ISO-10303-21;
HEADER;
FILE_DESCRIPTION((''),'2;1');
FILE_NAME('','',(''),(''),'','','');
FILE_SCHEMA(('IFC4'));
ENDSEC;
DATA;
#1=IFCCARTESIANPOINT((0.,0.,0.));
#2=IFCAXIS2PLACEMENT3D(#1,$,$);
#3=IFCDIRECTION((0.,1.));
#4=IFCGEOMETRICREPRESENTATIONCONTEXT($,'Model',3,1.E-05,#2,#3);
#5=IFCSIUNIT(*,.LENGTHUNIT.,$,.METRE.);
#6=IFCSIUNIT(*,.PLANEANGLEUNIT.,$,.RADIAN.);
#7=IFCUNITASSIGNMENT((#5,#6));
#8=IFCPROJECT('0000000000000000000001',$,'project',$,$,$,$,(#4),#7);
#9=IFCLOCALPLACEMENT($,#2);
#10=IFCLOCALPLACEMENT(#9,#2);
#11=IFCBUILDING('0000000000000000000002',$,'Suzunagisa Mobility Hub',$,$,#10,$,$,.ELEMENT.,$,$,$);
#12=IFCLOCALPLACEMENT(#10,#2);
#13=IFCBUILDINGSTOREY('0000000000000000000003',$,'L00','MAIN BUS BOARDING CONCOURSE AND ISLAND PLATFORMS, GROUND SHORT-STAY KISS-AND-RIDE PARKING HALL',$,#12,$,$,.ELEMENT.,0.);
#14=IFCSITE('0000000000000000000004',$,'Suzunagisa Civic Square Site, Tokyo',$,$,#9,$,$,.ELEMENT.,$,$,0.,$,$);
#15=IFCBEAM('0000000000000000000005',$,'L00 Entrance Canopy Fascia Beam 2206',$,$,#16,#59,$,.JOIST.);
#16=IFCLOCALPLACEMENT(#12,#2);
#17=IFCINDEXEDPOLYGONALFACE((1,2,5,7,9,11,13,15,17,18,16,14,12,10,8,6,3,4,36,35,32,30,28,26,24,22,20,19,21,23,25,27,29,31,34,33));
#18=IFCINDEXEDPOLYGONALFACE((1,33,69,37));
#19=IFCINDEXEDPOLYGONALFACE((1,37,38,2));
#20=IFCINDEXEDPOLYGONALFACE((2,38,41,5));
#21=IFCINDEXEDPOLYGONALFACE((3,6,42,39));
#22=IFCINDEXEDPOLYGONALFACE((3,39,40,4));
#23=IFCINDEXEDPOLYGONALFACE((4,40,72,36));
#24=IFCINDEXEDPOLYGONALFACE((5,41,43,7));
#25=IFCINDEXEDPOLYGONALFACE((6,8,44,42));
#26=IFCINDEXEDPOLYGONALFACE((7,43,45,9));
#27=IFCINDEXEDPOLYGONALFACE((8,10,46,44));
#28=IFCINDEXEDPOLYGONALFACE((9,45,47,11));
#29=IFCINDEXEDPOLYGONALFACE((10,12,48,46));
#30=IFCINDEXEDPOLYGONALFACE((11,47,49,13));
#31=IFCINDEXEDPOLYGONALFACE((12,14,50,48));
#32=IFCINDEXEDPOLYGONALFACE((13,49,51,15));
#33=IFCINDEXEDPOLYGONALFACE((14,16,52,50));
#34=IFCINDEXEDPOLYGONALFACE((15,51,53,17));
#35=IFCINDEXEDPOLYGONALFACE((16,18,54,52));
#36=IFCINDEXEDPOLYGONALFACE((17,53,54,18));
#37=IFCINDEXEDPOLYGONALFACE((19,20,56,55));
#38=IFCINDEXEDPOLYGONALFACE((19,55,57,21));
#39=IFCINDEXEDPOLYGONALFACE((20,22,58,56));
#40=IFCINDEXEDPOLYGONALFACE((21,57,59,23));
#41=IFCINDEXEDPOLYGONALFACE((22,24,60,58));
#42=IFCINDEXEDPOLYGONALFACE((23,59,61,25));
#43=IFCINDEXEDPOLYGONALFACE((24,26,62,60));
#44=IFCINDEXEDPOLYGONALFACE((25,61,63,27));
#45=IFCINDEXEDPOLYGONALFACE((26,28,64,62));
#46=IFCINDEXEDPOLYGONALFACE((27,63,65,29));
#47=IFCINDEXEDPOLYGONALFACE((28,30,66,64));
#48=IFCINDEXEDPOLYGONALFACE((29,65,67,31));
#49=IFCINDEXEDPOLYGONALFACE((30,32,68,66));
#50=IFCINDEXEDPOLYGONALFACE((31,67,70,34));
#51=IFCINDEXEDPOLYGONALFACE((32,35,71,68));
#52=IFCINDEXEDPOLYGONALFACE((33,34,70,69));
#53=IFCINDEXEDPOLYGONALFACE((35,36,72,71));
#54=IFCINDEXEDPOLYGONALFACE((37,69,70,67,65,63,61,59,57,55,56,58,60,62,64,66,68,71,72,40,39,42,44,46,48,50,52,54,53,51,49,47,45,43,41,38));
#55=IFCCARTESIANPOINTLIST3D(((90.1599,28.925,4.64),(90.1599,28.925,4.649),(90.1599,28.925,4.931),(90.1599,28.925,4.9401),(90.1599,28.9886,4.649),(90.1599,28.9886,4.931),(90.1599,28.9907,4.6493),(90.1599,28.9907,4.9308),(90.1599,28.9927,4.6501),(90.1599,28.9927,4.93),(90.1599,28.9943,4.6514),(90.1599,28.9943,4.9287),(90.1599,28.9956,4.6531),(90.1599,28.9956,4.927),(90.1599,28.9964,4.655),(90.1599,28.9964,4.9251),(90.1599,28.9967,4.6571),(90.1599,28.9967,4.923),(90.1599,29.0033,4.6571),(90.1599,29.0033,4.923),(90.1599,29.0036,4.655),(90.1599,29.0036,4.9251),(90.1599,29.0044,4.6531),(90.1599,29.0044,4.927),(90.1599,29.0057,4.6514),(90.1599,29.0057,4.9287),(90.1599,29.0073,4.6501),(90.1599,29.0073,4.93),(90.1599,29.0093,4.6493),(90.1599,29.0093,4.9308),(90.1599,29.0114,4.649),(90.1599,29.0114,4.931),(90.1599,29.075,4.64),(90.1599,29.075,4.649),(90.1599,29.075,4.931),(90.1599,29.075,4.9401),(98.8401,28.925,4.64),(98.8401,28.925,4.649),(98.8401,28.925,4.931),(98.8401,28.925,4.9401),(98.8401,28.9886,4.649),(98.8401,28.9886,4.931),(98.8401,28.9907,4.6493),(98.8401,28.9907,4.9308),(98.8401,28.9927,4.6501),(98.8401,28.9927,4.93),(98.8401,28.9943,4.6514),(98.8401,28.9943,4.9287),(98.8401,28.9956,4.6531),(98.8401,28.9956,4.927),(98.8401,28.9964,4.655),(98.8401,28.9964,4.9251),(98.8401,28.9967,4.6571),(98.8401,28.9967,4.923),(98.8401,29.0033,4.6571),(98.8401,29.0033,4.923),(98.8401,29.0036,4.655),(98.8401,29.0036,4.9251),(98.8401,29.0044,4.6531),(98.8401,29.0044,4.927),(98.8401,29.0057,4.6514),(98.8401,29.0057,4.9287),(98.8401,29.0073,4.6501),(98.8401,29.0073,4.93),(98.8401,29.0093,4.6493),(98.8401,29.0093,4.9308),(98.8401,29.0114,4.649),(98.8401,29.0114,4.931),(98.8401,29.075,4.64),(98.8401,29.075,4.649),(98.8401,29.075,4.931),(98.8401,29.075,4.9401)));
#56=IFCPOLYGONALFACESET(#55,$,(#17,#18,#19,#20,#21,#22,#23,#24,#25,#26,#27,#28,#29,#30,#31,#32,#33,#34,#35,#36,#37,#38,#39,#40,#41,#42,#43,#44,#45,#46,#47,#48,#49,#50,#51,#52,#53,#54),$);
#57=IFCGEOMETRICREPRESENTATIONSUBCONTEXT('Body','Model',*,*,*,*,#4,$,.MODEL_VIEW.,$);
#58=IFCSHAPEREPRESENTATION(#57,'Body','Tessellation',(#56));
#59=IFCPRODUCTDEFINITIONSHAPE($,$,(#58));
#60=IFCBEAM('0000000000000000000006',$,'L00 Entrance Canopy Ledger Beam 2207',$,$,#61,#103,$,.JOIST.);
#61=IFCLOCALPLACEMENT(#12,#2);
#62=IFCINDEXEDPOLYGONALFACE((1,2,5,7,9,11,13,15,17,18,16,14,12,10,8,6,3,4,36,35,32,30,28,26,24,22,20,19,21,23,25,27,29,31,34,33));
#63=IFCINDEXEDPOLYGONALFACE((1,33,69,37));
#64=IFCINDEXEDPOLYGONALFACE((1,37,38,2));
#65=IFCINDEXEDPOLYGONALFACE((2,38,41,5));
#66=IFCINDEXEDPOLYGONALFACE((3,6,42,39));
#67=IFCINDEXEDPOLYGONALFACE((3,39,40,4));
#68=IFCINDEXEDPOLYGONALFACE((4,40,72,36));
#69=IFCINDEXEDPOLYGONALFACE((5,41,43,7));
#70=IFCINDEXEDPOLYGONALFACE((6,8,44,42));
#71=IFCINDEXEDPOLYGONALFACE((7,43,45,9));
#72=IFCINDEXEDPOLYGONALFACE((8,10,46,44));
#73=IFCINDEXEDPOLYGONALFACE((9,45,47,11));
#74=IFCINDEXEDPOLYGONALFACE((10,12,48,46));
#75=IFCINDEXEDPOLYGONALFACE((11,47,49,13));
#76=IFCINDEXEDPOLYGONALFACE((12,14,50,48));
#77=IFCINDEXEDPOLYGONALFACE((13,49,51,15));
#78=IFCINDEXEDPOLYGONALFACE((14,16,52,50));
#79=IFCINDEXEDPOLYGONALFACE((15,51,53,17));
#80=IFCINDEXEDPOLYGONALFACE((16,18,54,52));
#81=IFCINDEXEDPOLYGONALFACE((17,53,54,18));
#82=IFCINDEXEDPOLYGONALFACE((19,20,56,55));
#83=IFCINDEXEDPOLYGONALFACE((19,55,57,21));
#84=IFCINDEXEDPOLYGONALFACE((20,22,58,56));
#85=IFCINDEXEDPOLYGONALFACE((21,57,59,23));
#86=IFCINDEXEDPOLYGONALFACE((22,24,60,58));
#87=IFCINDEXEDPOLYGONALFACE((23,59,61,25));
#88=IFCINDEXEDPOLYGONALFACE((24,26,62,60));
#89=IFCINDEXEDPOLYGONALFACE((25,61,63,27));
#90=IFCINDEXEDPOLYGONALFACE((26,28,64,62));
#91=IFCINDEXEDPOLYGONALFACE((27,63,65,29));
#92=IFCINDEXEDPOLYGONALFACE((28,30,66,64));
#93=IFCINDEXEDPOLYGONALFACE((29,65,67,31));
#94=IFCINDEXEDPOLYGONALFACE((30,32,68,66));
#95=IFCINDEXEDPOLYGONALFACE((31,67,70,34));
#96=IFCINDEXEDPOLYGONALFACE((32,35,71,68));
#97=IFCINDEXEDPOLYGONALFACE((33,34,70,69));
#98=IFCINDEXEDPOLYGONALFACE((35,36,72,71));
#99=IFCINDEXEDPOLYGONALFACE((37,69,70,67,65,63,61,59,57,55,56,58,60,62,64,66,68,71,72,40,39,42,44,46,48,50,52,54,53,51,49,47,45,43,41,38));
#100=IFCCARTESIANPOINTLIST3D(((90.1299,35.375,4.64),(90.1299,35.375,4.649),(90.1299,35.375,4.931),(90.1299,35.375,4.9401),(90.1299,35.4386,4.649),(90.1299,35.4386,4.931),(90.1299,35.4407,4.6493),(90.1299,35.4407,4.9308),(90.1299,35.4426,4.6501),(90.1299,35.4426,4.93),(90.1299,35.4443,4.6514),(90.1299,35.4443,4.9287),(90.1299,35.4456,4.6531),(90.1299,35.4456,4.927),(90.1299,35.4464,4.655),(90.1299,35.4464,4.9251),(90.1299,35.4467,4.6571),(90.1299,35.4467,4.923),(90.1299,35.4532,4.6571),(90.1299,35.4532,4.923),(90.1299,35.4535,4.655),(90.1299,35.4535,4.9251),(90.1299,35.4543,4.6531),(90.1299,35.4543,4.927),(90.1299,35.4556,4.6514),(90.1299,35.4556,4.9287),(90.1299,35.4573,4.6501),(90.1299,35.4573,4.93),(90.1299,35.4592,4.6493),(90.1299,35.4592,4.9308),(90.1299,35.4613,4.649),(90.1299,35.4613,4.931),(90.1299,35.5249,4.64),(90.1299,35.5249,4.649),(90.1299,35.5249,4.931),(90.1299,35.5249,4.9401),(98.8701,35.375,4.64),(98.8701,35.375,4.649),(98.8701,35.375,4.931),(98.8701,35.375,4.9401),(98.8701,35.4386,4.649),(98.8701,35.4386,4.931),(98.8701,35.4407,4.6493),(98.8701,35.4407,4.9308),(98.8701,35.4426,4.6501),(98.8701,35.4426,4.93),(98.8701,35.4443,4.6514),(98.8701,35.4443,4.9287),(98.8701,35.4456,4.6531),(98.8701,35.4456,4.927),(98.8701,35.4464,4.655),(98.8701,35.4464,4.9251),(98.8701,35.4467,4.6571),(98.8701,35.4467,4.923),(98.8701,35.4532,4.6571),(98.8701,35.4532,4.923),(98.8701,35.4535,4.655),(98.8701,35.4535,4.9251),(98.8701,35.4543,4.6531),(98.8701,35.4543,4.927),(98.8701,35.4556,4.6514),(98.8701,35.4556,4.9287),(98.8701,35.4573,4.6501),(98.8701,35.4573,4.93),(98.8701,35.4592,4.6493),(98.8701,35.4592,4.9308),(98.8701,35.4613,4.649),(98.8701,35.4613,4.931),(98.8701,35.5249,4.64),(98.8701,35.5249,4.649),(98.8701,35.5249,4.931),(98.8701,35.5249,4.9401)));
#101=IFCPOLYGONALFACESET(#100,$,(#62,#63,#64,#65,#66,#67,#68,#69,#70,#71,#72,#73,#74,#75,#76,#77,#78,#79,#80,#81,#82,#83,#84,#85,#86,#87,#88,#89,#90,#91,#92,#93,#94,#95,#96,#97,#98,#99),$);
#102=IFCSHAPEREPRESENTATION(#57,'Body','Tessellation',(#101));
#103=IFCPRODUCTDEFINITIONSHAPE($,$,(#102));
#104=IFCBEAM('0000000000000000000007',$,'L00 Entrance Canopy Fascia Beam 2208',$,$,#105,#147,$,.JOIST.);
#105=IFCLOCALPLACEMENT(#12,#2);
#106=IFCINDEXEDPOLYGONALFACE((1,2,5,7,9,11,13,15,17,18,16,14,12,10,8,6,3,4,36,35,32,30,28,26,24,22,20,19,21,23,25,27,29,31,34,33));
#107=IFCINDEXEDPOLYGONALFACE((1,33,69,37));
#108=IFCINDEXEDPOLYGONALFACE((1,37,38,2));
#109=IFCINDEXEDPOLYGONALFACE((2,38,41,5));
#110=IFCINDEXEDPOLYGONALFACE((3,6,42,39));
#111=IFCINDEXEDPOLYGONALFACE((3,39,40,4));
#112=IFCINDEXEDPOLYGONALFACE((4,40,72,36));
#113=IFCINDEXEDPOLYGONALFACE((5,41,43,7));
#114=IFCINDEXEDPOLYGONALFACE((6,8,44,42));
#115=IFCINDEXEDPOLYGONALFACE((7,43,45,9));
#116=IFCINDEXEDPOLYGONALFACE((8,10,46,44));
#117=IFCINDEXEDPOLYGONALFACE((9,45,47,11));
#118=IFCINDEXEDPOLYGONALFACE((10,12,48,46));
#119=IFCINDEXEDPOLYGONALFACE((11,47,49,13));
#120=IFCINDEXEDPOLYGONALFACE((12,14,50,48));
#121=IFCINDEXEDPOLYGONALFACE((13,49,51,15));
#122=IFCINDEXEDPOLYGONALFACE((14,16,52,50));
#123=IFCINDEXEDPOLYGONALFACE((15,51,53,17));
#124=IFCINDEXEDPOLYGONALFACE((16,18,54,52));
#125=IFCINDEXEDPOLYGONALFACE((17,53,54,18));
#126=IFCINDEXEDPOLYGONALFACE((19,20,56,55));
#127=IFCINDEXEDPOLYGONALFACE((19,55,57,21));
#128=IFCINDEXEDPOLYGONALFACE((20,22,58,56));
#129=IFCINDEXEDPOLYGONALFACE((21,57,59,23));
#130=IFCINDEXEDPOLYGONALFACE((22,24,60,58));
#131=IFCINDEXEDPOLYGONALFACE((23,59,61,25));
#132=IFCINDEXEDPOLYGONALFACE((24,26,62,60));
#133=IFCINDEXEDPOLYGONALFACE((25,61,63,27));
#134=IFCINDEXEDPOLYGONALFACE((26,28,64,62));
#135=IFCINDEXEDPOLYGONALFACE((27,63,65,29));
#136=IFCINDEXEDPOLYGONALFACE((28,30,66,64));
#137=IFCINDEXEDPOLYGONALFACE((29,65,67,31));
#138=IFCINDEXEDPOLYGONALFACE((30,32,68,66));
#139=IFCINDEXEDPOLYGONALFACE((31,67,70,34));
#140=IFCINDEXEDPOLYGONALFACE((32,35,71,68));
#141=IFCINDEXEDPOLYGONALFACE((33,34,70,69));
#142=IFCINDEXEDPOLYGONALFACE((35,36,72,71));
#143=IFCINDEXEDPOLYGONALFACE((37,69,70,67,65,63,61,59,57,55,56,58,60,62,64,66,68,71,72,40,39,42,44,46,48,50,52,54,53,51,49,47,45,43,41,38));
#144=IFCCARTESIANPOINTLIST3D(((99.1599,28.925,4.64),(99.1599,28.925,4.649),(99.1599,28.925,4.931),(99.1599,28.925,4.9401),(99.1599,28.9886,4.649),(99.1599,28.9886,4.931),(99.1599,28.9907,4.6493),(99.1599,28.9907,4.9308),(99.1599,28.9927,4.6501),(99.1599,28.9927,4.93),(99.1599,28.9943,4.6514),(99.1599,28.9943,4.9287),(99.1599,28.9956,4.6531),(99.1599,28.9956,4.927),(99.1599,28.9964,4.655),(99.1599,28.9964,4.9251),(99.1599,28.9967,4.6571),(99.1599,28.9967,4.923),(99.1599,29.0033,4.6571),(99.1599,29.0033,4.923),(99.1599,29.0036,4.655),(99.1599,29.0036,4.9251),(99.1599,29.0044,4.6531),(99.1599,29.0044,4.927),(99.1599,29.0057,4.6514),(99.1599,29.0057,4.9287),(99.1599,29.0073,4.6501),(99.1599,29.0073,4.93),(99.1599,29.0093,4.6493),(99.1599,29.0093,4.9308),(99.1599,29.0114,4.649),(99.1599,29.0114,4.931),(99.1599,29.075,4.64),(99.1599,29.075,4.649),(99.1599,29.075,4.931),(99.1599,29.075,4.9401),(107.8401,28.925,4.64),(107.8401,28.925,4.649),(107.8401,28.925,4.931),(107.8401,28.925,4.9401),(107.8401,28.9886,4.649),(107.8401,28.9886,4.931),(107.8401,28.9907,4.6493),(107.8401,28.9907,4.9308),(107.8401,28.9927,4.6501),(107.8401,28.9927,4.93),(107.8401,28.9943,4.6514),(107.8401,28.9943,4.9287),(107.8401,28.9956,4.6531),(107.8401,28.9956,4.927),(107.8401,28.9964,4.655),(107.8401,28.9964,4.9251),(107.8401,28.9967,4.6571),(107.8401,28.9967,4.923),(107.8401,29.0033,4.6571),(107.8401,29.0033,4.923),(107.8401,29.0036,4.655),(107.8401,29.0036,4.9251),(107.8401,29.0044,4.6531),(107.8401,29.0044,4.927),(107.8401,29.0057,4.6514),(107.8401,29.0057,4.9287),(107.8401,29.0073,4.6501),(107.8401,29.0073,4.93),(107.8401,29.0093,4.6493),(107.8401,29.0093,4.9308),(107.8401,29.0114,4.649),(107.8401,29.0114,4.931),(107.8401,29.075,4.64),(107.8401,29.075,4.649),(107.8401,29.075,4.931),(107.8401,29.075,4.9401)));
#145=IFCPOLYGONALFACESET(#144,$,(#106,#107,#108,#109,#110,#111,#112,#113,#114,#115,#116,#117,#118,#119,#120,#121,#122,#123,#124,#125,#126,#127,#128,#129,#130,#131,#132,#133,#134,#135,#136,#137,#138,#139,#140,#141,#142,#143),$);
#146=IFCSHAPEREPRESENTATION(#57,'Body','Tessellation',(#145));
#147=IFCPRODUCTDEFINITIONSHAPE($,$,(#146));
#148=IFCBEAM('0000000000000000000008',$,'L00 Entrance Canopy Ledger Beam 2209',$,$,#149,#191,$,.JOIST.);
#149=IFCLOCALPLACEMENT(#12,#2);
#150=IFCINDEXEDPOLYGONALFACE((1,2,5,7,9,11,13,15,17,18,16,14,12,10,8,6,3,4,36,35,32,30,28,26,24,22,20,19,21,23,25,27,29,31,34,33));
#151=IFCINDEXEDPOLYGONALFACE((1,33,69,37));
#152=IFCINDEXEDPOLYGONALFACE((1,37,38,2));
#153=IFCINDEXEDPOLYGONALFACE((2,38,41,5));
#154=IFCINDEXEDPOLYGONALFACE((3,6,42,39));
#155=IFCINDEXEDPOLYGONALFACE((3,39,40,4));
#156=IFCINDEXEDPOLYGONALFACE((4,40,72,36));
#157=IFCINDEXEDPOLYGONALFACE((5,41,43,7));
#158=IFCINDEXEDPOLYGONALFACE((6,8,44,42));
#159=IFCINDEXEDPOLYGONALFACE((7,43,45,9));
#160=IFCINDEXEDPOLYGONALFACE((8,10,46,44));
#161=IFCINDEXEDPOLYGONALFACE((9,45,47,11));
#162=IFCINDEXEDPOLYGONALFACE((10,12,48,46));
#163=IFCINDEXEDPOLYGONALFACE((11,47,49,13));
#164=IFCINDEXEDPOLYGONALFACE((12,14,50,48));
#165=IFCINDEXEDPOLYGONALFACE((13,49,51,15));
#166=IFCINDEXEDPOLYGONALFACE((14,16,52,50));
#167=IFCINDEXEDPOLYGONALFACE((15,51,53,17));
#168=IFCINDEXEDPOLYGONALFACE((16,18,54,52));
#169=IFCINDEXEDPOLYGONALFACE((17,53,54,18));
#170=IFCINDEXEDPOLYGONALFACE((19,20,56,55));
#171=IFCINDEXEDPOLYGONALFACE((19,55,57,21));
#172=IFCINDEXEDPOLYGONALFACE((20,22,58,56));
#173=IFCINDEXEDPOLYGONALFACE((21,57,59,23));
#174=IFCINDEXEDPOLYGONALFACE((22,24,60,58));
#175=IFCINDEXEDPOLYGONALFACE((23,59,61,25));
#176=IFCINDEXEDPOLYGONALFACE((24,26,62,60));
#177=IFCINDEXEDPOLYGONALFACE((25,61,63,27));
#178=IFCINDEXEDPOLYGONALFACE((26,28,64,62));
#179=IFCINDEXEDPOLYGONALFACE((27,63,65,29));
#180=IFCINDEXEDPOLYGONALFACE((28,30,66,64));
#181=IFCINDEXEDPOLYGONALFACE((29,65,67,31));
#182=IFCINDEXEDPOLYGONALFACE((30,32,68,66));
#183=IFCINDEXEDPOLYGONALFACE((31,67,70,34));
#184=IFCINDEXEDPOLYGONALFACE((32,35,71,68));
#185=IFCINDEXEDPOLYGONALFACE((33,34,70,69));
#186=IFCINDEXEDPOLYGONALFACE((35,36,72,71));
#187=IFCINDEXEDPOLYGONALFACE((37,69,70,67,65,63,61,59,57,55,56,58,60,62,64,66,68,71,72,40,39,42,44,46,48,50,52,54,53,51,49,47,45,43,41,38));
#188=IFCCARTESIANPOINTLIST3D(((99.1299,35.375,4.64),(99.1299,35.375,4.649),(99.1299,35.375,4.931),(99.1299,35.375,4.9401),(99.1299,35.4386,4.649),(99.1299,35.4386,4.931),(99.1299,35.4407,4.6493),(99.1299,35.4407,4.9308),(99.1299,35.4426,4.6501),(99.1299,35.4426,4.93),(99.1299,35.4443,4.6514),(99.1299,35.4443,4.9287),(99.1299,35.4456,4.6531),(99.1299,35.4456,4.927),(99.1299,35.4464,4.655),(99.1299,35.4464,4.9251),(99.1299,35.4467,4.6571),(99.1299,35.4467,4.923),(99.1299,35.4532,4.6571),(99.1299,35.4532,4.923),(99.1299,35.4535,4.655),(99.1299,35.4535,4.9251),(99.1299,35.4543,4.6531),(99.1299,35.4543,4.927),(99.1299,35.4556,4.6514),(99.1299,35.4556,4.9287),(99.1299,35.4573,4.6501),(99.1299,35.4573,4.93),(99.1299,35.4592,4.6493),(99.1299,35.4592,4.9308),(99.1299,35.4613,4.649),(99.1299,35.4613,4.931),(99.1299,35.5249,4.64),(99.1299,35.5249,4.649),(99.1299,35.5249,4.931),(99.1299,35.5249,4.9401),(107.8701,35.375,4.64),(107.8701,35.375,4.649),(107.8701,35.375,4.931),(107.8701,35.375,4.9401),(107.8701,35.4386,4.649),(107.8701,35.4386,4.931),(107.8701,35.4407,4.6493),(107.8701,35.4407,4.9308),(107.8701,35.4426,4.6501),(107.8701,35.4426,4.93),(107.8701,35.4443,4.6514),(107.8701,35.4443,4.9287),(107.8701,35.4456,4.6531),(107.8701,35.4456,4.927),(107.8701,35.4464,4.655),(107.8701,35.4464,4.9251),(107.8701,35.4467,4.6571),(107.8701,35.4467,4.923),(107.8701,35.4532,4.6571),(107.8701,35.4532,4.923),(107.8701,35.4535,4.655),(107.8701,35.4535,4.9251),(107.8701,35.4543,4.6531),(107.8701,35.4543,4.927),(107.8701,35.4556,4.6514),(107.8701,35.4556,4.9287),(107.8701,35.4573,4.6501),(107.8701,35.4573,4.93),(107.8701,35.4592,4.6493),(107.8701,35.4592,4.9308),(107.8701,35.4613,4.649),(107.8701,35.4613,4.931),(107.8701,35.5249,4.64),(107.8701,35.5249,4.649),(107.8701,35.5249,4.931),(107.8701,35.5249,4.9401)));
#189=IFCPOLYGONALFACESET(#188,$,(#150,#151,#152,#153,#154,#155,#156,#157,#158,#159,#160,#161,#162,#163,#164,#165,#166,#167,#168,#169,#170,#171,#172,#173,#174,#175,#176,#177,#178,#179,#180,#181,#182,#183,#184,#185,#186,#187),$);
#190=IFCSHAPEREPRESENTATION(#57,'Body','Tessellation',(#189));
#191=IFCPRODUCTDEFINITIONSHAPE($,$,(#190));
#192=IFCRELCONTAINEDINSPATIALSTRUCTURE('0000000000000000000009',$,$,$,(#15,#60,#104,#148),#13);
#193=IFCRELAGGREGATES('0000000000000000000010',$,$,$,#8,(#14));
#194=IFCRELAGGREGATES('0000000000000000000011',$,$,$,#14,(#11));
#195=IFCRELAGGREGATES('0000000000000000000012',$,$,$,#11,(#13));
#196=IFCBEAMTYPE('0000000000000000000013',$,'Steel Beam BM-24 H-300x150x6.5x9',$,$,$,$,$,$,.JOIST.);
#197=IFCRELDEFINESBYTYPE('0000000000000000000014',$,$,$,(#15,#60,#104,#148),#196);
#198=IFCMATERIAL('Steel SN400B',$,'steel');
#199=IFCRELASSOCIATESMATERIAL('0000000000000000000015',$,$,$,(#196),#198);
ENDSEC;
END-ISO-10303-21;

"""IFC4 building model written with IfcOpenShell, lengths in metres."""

from ifc_helpers import new_model, si_unit, direction, frame, origin, origin_2d, place, context, subcontext, project, spatial, i_section, extrude, material, material_profile, profile_set, type_object, element, save


model = new_model("IFC4")

# Units and contexts
model_context = context("Model", 3, precision=1e-05, world=origin(), true_north=direction((0.0, 1.0)))
body_context = subcontext(model_context, "Body", "Model", "MODEL_VIEW")
ifc_project = project(units=[si_unit("LENGTHUNIT", "METRE"), si_unit("PLANEANGLEUNIT", "RADIAN")], contexts=[model_context])

# Site, building, storey
site_placement = place(None, origin())
site = spatial("IfcSite", under=ifc_project, at=site_placement, Name="Suzunagisa Civic Square Site, Tokyo", CompositionType="ELEMENT", RefElevation=0.0)
building_placement = place(site_placement, origin())
building = spatial("IfcBuilding", under=site, at=building_placement, Name="Suzunagisa Mobility Hub", CompositionType="ELEMENT")
storey_placement = place(building_placement, origin())
storey = spatial("IfcBuildingStorey", under=building, at=storey_placement, Name="L00", Description="MAIN BUS BOARDING CONCOURSE AND ISLAND PLATFORMS, GROUND SHORT-STAY KISS-AND-RIDE PARKING HALL", CompositionType="ELEMENT", Elevation=0.0)

# Shared definitions
ifc_material_1 = material(Name="Steel SN400B", Category="steel")

# Beams
ifc_material_profile_1 = material_profile(ifc_material_1, i_section(OverallWidth=0.1499, OverallDepth=0.3, WebThickness=0.0066, FlangeThickness=0.009, FilletRadius=0.0081, at=origin_2d()), Name="H-300x150x6.5x9")
ifc_profile_set_1 = profile_set([ifc_material_profile_1], Name="Steel SN400B")
beam_type_1 = type_object("IfcBeamType", Name="Steel Beam BM-24 H-300x150x6.5x9", PredefinedType="JOIST", material=ifc_profile_set_1)
beam_1_placement = place(storey_placement, frame((90.1599, 29.0, 4.79), z_axis=(1.0, 0.0, 0.0), x_axis=(0.0, 1.0, 0.0)))
element("IfcBeam", 1, at=beam_1_placement, inside=storey, type_object=beam_type_1, Name="L00 Entrance Canopy Fascia Beam 2206", PredefinedType="JOIST", context=body_context, shape_type="SweptSolid", body=[
    extrude(i_section(OverallWidth=0.1499, OverallDepth=0.3, WebThickness=0.0066, FlangeThickness=0.009, FilletRadius=0.0081, at=origin_2d()), origin(), (0.0, 0.0, 1.0), 8.6802),
])
beam_2_placement = place(storey_placement, frame((90.1299, 35.45, 4.79), z_axis=(1.0, 0.0, 0.0), x_axis=(0.0, 1.0, 0.0)))
element("IfcBeam", 2, at=beam_2_placement, inside=storey, type_object=beam_type_1, Name="L00 Entrance Canopy Ledger Beam 2207", PredefinedType="JOIST", context=body_context, shape_type="SweptSolid", body=[
    extrude(i_section(OverallWidth=0.1499, OverallDepth=0.3, WebThickness=0.0066, FlangeThickness=0.009, FilletRadius=0.0081, at=origin_2d()), origin(), (0.0, 0.0, 1.0), 8.7402),
])
beam_3_placement = place(storey_placement, frame((99.1599, 29.0, 4.79), z_axis=(1.0, 0.0, 0.0), x_axis=(0.0, 1.0, 0.0)))
element("IfcBeam", 3, at=beam_3_placement, inside=storey, type_object=beam_type_1, Name="L00 Entrance Canopy Fascia Beam 2208", PredefinedType="JOIST", context=body_context, shape_type="SweptSolid", body=[
    extrude(i_section(OverallWidth=0.1499, OverallDepth=0.3, WebThickness=0.0066, FlangeThickness=0.009, FilletRadius=0.0081, at=origin_2d()), origin(), (0.0, 0.0, 1.0), 8.6802),
])
beam_4_placement = place(storey_placement, frame((99.1299, 35.45, 4.79), z_axis=(1.0, 0.0, 0.0), x_axis=(0.0, 1.0, 0.0)))
element("IfcBeam", 4, at=beam_4_placement, inside=storey, type_object=beam_type_1, Name="L00 Entrance Canopy Ledger Beam 2209", PredefinedType="JOIST", context=body_context, shape_type="SweptSolid", body=[
    extrude(i_section(OverallWidth=0.1499, OverallDepth=0.3, WebThickness=0.0066, FlangeThickness=0.009, FilletRadius=0.0081, at=origin_2d()), origin(), (0.0, 0.0, 1.0), 8.7402),
])

save(model, "model.ifc")
